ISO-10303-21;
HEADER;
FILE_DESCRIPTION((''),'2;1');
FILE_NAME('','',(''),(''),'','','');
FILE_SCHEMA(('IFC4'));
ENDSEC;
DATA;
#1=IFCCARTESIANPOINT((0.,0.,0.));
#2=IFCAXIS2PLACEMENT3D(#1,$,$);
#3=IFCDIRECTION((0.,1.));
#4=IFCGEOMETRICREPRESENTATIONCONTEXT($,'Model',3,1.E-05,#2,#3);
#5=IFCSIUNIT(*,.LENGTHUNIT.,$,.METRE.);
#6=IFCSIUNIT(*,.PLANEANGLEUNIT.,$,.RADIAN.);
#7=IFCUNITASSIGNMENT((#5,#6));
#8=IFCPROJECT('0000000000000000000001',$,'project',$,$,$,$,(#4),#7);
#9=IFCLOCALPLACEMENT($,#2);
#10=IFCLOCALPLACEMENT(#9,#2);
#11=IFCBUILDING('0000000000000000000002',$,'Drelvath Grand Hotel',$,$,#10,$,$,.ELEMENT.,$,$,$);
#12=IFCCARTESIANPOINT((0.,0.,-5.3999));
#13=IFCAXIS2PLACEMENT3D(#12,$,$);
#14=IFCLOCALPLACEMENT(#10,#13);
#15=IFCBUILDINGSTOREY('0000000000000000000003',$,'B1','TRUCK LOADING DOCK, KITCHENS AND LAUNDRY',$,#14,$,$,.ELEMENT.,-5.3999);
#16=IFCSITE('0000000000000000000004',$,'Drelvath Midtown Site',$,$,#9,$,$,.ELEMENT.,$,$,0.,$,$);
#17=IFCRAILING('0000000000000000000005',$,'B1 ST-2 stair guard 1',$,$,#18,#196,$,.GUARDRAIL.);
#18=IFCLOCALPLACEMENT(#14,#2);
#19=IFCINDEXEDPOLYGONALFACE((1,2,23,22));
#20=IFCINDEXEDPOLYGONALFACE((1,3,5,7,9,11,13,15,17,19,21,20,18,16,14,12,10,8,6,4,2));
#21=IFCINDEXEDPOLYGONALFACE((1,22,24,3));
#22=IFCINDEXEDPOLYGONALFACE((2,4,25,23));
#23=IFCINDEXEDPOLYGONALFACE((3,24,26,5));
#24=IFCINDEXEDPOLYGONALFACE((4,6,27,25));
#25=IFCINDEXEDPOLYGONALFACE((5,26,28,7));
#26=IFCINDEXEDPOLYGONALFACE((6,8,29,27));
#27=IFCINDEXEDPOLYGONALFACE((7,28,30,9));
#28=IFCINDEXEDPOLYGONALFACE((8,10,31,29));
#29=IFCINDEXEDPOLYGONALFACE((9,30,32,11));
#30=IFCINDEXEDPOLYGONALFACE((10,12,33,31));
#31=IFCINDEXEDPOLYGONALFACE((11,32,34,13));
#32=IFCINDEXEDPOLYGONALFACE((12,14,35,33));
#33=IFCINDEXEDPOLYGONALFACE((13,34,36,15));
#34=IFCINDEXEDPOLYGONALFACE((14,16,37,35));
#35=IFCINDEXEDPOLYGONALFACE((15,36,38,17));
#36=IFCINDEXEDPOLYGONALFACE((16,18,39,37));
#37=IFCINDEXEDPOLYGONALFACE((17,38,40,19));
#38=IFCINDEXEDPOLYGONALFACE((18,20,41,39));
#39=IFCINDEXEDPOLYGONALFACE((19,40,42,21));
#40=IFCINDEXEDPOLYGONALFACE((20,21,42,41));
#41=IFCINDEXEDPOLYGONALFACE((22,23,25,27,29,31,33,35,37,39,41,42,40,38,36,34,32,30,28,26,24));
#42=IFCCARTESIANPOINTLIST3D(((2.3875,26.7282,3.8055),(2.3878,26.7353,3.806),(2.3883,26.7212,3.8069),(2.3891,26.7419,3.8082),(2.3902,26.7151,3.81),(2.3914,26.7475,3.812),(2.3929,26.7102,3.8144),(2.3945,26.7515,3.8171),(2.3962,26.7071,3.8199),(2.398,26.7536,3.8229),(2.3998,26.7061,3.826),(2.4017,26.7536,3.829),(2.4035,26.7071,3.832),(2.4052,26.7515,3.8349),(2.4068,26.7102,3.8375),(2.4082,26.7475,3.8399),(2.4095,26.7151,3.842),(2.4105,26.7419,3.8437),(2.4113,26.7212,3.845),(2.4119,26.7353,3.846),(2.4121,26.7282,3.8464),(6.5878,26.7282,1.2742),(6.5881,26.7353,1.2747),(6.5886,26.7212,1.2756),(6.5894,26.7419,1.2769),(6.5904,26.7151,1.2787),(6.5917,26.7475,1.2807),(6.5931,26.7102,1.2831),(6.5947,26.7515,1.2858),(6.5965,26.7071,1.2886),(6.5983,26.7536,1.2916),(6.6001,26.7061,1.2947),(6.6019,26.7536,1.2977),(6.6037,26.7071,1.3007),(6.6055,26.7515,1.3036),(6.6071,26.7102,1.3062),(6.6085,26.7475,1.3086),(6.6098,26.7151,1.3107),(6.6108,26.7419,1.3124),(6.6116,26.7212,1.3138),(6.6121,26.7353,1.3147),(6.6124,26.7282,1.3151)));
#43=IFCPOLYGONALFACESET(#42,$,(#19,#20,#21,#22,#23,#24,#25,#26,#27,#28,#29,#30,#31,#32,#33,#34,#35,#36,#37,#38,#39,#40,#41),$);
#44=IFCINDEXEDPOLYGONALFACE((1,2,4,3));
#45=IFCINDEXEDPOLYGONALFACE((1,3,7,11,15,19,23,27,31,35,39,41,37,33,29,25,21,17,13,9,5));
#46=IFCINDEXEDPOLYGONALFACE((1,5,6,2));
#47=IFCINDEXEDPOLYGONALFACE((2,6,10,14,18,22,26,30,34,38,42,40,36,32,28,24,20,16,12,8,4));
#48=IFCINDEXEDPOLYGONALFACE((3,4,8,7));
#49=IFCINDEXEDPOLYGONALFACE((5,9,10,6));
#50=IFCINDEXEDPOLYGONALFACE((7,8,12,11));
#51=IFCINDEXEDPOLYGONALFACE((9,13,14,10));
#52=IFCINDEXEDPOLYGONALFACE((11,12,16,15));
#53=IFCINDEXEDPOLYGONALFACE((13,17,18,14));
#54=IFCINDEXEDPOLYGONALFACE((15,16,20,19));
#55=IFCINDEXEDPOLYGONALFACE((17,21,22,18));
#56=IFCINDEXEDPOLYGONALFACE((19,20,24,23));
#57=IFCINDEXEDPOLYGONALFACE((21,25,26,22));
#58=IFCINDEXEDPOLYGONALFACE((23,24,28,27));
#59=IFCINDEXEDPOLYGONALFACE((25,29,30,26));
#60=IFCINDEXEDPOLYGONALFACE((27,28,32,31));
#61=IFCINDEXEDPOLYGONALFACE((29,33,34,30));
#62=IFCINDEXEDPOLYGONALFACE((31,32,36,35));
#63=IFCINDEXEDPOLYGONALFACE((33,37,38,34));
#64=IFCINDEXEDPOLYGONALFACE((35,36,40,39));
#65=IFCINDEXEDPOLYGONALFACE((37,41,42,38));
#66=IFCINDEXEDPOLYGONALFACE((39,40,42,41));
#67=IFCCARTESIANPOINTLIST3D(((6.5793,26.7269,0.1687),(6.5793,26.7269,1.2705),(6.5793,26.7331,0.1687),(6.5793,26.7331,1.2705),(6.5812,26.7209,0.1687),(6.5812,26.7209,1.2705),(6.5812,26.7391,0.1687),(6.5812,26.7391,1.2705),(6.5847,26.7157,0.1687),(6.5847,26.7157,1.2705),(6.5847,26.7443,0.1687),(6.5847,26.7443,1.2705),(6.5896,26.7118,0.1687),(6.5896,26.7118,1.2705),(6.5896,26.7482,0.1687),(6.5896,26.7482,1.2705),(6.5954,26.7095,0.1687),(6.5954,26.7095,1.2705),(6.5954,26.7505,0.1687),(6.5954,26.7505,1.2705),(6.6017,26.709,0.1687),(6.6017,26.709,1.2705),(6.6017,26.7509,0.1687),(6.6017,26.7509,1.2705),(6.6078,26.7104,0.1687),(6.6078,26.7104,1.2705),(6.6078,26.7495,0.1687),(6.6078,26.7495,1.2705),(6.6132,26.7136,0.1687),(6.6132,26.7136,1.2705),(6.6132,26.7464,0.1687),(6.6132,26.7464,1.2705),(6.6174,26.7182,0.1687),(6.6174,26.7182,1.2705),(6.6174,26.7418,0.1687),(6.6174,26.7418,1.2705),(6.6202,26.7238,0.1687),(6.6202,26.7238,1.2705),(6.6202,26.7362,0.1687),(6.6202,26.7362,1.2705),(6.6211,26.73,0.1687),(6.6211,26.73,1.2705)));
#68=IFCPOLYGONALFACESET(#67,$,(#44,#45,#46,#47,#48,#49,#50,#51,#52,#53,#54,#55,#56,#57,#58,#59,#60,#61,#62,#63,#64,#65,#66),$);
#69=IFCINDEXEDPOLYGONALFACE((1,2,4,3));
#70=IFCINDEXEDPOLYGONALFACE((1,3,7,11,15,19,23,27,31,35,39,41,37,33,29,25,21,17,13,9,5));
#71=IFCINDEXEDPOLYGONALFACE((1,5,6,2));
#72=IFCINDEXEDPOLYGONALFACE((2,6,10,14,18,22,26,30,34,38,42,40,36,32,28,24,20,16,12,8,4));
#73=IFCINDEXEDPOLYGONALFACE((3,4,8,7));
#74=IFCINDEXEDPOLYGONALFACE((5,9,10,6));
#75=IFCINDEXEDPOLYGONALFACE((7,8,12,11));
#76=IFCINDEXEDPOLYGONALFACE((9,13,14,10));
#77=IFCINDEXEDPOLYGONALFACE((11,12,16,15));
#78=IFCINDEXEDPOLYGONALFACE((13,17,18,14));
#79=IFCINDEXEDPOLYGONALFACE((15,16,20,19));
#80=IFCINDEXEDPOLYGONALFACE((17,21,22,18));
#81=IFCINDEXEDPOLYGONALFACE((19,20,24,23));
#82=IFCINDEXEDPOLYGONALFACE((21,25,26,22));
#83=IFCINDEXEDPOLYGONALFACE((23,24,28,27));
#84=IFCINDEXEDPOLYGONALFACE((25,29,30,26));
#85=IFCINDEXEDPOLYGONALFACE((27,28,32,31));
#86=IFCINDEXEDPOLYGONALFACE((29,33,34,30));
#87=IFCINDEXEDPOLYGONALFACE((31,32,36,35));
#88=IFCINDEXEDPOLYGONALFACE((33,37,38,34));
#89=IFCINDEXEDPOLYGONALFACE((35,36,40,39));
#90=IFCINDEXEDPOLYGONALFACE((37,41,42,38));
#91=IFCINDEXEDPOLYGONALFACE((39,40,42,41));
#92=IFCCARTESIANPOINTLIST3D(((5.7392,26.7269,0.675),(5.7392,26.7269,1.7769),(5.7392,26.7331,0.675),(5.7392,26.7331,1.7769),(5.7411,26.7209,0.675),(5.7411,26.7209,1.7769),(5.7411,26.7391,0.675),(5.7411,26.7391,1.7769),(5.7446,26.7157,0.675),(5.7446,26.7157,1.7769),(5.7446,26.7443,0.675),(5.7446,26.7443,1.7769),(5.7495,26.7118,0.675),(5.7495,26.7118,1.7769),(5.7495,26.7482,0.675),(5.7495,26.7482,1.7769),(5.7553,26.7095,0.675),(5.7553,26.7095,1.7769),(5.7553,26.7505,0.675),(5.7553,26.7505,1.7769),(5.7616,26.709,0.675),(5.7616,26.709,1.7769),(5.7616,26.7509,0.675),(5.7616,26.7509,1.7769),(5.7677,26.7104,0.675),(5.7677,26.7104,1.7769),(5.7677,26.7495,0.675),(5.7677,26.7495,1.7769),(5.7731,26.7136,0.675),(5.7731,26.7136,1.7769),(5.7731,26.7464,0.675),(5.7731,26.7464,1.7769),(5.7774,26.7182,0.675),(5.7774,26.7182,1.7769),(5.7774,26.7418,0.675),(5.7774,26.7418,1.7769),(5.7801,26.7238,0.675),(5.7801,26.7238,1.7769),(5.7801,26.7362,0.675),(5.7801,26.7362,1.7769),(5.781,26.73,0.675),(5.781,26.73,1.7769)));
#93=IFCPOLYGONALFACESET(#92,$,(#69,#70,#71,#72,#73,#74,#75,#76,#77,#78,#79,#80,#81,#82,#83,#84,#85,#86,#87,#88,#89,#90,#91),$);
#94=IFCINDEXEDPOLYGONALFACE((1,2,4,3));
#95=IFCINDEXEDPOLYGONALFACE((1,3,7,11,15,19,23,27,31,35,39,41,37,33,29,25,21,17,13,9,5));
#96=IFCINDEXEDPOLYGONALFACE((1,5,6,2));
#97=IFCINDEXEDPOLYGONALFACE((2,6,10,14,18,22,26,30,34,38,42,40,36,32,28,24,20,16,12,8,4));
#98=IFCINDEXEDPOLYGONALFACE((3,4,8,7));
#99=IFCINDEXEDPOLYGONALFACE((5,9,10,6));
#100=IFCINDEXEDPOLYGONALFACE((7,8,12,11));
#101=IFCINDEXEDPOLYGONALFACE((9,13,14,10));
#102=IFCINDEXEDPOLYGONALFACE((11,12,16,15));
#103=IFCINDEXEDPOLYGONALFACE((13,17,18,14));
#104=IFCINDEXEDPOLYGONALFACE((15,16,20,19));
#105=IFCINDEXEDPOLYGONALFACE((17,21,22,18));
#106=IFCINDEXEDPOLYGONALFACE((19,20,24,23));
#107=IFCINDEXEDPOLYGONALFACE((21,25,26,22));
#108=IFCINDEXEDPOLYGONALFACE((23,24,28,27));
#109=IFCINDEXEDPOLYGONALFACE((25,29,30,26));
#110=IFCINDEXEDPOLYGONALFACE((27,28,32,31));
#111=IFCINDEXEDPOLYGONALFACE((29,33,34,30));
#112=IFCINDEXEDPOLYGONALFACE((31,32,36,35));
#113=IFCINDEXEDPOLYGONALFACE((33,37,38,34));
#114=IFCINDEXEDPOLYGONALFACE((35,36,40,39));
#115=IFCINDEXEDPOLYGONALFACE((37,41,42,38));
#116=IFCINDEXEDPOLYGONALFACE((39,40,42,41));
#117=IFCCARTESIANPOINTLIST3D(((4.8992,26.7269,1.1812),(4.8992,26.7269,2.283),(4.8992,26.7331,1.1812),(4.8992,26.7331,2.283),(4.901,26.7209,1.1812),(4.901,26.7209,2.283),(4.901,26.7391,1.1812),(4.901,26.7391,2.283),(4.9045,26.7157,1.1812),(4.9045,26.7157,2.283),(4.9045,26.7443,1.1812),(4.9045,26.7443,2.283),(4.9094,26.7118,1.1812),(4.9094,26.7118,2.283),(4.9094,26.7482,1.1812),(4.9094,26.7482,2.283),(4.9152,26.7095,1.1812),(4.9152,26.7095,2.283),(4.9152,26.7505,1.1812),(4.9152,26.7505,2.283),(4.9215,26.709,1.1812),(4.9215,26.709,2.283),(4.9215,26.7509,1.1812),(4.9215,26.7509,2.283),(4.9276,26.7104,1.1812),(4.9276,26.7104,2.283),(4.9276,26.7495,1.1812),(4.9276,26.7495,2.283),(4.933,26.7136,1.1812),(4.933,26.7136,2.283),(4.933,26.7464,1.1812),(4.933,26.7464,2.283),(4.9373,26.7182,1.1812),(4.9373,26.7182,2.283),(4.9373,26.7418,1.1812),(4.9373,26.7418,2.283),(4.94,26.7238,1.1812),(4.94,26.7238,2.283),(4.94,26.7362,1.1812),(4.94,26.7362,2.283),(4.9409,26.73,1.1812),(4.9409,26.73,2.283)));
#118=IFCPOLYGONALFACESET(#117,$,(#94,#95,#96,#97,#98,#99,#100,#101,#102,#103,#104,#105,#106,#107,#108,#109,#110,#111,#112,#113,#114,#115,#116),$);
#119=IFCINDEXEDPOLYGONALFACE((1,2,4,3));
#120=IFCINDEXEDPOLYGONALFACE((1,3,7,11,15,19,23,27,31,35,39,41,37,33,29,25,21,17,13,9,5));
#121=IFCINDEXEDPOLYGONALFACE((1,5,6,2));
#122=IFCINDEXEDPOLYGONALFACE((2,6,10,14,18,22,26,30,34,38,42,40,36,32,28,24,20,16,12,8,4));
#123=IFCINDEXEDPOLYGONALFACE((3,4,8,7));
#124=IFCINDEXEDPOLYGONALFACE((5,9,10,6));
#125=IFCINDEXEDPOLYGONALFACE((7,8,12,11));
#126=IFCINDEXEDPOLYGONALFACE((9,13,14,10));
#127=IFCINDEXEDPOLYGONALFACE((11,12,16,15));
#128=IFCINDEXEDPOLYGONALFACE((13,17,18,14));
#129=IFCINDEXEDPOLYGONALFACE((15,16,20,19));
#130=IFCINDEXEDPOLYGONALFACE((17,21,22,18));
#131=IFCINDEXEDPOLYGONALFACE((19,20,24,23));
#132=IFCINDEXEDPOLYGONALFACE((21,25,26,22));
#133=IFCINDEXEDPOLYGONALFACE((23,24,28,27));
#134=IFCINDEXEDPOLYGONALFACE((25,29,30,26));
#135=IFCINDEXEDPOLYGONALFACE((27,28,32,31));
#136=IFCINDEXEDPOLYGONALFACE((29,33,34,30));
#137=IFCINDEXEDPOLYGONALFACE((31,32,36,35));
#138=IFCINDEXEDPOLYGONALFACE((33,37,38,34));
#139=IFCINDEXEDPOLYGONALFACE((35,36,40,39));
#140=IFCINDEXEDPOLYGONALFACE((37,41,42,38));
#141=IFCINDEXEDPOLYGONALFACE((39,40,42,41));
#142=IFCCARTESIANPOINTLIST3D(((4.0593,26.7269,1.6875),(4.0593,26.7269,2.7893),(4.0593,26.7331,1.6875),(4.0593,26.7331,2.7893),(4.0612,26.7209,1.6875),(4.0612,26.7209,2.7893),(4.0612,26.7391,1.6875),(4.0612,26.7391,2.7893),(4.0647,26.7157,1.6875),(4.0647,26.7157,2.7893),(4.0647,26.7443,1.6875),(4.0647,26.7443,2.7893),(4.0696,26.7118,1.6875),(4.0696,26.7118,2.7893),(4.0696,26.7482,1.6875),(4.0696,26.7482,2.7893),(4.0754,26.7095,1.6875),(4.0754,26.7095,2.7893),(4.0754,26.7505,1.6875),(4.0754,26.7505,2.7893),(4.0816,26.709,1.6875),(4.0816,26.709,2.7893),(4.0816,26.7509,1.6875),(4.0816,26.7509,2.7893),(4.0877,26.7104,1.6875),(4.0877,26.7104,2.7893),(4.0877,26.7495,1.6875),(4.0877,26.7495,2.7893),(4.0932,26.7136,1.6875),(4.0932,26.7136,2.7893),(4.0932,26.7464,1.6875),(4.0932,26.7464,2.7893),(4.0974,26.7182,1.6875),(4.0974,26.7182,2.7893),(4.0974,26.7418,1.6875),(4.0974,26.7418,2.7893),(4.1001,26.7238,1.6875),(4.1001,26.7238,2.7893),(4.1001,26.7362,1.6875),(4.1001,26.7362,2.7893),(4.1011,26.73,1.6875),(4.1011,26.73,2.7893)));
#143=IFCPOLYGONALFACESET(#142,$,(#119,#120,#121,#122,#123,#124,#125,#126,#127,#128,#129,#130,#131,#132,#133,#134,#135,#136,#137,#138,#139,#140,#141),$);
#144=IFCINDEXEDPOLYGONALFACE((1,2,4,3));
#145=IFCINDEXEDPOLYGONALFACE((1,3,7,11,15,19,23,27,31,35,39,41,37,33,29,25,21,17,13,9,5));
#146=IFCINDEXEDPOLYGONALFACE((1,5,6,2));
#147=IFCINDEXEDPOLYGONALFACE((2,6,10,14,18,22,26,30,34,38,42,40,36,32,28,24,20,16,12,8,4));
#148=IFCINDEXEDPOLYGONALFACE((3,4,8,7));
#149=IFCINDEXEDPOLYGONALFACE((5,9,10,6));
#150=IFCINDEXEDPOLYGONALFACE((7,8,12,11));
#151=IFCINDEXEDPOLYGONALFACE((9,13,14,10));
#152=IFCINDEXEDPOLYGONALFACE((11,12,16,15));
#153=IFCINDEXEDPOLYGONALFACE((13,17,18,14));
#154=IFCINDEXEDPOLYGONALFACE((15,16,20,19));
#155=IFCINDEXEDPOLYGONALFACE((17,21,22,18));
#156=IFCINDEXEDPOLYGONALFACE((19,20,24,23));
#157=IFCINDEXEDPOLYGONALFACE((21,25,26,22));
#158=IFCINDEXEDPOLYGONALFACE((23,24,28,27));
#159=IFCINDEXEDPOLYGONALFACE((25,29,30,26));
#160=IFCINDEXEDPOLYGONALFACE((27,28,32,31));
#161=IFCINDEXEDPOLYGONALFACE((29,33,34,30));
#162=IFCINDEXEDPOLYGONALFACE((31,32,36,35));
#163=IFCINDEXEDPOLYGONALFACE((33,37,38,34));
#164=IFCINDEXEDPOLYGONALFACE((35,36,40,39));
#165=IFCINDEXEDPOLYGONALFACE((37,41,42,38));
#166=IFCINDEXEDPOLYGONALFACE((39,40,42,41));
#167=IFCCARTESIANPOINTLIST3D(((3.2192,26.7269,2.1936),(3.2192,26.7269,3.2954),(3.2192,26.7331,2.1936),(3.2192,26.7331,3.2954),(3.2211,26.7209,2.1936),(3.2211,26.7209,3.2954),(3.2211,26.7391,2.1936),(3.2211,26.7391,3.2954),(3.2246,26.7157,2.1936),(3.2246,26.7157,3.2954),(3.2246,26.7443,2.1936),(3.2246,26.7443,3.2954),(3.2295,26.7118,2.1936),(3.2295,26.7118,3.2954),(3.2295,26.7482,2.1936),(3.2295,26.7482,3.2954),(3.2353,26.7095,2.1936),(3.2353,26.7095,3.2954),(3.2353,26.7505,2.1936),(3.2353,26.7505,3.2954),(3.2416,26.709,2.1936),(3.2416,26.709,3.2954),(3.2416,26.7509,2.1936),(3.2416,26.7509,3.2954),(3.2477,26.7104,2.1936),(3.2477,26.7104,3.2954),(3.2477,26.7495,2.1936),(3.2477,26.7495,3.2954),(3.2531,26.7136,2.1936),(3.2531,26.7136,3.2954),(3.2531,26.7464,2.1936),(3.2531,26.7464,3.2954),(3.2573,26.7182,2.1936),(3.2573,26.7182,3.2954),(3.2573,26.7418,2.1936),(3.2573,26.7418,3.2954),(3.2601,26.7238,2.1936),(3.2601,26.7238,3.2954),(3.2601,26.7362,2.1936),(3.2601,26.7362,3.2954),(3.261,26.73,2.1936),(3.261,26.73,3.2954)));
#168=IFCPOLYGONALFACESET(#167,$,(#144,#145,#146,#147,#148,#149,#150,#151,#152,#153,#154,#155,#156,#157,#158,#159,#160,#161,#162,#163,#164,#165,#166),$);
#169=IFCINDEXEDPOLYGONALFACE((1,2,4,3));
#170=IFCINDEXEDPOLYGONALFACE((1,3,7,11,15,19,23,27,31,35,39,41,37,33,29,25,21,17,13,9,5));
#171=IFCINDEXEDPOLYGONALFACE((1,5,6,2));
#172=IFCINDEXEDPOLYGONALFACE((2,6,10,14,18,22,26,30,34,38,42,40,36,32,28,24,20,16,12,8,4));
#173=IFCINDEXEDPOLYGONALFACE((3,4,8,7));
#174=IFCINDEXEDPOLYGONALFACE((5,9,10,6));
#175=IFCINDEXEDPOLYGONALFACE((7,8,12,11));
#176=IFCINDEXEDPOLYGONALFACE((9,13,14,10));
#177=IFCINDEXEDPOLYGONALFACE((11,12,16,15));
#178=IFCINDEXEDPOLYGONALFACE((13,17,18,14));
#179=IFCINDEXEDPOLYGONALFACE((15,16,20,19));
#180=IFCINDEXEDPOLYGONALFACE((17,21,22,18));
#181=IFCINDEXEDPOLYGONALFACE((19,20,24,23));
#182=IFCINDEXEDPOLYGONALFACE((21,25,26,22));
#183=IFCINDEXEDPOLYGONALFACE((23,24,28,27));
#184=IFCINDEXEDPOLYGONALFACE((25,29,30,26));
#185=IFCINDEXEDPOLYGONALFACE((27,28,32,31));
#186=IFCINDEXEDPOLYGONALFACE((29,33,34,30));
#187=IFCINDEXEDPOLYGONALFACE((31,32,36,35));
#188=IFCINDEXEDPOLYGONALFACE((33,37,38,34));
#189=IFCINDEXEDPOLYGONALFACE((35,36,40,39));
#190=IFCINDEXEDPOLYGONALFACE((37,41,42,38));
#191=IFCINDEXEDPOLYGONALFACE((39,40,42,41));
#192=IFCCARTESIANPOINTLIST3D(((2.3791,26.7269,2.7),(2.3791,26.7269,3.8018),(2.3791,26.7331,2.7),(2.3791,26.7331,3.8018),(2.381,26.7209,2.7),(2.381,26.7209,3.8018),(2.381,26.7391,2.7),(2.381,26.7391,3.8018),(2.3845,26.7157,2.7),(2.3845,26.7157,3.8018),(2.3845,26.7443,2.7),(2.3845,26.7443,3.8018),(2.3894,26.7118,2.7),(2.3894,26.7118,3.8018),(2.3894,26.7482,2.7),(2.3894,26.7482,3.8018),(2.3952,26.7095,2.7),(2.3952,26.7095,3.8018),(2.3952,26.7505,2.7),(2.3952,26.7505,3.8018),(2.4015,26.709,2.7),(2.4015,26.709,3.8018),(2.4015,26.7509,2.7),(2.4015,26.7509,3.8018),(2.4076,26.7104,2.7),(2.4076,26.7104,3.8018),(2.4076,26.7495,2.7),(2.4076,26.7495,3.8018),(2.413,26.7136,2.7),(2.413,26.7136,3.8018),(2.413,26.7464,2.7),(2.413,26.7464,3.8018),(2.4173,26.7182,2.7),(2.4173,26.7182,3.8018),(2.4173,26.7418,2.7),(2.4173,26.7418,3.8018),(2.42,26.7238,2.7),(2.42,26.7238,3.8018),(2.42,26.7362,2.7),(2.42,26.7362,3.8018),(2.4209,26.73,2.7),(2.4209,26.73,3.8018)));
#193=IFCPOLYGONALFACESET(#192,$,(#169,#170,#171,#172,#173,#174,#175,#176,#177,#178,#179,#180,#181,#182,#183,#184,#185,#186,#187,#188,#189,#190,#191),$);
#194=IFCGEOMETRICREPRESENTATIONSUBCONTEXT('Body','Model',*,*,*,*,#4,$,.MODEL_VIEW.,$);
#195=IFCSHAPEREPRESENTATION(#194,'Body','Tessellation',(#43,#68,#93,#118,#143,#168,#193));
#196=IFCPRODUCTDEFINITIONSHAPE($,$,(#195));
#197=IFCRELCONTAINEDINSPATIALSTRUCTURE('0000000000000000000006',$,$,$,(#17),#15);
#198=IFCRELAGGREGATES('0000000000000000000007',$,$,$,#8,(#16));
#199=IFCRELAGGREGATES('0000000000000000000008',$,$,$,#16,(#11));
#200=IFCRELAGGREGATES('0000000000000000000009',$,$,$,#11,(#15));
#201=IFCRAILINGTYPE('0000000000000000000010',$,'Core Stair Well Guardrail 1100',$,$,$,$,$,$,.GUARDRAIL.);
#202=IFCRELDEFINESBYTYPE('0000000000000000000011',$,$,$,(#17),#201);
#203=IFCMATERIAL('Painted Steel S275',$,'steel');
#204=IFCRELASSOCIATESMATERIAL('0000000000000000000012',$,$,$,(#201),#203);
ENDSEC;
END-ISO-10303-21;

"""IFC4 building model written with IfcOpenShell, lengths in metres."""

from ifc_helpers import new_model, si_unit, direction, frame, origin, origin_2d, place, context, subcontext, project, spatial, circle, extrude, material, type_object, element, save


model = new_model("IFC4")

# Units and contexts
model_context = context("Model", 3, precision=1e-05, world=origin(), true_north=direction((0.0, 1.0)))
body_context = subcontext(model_context, "Body", "Model", "MODEL_VIEW")
ifc_project = project(units=[si_unit("LENGTHUNIT", "METRE"), si_unit("PLANEANGLEUNIT", "RADIAN")], contexts=[model_context])

# Site, building, storey
site_placement = place(None, origin())
site = spatial("IfcSite", under=ifc_project, at=site_placement, Name="Drelvath Midtown Site", CompositionType="ELEMENT", RefElevation=0.0)
building_placement = place(site_placement, origin())
building = spatial("IfcBuilding", under=site, at=building_placement, Name="Drelvath Grand Hotel", CompositionType="ELEMENT")
storey_placement = place(building_placement, frame((0.0, 0.0, -5.3999)))
storey = spatial("IfcBuildingStorey", under=building, at=storey_placement, Name="B1", Description="TRUCK LOADING DOCK, KITCHENS AND LAUNDRY", CompositionType="ELEMENT", Elevation=-5.3999)

# Railing
ifc_material_1 = material(Name="Painted Steel S275", Category="steel")
railing_type_1 = type_object("IfcRailingType", Name="Core Stair Well Guardrail 1100", PredefinedType="GUARDRAIL", material=ifc_material_1)
railing_1_placement = place(storey_placement, frame((6.6001, 26.73, 0.1687)))
element("IfcRailing", 1, at=railing_1_placement, inside=storey, type_object=railing_type_1, Name="B1 ST-2 stair guard 1", PredefinedType="GUARDRAIL", context=body_context, shape_type="SweptSolid", body=[
    extrude(circle(Radius=0.0239, at=origin_2d()), frame((0.0, 0.0, 1.126), z_axis=(-0.85649, 0.0, 0.516164), x_axis=(0.0, -1.0, 0.0)), (0.0, 0.0, 1.0), 4.9041),
    extrude(circle(Radius=0.021, at=origin_2d()), origin(), (0.0, 0.0, 1.0), 1.1018),
    extrude(circle(Radius=0.021, at=origin_2d()), frame((-0.8401, 0.0, 0.5063)), (0.0, 0.0, 1.0), 1.1018),
    extrude(circle(Radius=0.021, at=origin_2d()), frame((-1.6802, 0.0, 1.0125)), (0.0, 0.0, 1.0), 1.1018),
    extrude(circle(Radius=0.021, at=origin_2d()), frame((-2.52, 0.0, 1.5188)), (0.0, 0.0, 1.0), 1.1018),
    extrude(circle(Radius=0.021, at=origin_2d()), frame((-3.3601, 0.0, 2.0249)), (0.0, 0.0, 1.0), 1.1018),
    extrude(circle(Radius=0.021, at=origin_2d()), frame((-4.2002, 0.0, 2.5312)), (0.0, 0.0, 1.0), 1.1018),
])

save(model, "model.ifc")
